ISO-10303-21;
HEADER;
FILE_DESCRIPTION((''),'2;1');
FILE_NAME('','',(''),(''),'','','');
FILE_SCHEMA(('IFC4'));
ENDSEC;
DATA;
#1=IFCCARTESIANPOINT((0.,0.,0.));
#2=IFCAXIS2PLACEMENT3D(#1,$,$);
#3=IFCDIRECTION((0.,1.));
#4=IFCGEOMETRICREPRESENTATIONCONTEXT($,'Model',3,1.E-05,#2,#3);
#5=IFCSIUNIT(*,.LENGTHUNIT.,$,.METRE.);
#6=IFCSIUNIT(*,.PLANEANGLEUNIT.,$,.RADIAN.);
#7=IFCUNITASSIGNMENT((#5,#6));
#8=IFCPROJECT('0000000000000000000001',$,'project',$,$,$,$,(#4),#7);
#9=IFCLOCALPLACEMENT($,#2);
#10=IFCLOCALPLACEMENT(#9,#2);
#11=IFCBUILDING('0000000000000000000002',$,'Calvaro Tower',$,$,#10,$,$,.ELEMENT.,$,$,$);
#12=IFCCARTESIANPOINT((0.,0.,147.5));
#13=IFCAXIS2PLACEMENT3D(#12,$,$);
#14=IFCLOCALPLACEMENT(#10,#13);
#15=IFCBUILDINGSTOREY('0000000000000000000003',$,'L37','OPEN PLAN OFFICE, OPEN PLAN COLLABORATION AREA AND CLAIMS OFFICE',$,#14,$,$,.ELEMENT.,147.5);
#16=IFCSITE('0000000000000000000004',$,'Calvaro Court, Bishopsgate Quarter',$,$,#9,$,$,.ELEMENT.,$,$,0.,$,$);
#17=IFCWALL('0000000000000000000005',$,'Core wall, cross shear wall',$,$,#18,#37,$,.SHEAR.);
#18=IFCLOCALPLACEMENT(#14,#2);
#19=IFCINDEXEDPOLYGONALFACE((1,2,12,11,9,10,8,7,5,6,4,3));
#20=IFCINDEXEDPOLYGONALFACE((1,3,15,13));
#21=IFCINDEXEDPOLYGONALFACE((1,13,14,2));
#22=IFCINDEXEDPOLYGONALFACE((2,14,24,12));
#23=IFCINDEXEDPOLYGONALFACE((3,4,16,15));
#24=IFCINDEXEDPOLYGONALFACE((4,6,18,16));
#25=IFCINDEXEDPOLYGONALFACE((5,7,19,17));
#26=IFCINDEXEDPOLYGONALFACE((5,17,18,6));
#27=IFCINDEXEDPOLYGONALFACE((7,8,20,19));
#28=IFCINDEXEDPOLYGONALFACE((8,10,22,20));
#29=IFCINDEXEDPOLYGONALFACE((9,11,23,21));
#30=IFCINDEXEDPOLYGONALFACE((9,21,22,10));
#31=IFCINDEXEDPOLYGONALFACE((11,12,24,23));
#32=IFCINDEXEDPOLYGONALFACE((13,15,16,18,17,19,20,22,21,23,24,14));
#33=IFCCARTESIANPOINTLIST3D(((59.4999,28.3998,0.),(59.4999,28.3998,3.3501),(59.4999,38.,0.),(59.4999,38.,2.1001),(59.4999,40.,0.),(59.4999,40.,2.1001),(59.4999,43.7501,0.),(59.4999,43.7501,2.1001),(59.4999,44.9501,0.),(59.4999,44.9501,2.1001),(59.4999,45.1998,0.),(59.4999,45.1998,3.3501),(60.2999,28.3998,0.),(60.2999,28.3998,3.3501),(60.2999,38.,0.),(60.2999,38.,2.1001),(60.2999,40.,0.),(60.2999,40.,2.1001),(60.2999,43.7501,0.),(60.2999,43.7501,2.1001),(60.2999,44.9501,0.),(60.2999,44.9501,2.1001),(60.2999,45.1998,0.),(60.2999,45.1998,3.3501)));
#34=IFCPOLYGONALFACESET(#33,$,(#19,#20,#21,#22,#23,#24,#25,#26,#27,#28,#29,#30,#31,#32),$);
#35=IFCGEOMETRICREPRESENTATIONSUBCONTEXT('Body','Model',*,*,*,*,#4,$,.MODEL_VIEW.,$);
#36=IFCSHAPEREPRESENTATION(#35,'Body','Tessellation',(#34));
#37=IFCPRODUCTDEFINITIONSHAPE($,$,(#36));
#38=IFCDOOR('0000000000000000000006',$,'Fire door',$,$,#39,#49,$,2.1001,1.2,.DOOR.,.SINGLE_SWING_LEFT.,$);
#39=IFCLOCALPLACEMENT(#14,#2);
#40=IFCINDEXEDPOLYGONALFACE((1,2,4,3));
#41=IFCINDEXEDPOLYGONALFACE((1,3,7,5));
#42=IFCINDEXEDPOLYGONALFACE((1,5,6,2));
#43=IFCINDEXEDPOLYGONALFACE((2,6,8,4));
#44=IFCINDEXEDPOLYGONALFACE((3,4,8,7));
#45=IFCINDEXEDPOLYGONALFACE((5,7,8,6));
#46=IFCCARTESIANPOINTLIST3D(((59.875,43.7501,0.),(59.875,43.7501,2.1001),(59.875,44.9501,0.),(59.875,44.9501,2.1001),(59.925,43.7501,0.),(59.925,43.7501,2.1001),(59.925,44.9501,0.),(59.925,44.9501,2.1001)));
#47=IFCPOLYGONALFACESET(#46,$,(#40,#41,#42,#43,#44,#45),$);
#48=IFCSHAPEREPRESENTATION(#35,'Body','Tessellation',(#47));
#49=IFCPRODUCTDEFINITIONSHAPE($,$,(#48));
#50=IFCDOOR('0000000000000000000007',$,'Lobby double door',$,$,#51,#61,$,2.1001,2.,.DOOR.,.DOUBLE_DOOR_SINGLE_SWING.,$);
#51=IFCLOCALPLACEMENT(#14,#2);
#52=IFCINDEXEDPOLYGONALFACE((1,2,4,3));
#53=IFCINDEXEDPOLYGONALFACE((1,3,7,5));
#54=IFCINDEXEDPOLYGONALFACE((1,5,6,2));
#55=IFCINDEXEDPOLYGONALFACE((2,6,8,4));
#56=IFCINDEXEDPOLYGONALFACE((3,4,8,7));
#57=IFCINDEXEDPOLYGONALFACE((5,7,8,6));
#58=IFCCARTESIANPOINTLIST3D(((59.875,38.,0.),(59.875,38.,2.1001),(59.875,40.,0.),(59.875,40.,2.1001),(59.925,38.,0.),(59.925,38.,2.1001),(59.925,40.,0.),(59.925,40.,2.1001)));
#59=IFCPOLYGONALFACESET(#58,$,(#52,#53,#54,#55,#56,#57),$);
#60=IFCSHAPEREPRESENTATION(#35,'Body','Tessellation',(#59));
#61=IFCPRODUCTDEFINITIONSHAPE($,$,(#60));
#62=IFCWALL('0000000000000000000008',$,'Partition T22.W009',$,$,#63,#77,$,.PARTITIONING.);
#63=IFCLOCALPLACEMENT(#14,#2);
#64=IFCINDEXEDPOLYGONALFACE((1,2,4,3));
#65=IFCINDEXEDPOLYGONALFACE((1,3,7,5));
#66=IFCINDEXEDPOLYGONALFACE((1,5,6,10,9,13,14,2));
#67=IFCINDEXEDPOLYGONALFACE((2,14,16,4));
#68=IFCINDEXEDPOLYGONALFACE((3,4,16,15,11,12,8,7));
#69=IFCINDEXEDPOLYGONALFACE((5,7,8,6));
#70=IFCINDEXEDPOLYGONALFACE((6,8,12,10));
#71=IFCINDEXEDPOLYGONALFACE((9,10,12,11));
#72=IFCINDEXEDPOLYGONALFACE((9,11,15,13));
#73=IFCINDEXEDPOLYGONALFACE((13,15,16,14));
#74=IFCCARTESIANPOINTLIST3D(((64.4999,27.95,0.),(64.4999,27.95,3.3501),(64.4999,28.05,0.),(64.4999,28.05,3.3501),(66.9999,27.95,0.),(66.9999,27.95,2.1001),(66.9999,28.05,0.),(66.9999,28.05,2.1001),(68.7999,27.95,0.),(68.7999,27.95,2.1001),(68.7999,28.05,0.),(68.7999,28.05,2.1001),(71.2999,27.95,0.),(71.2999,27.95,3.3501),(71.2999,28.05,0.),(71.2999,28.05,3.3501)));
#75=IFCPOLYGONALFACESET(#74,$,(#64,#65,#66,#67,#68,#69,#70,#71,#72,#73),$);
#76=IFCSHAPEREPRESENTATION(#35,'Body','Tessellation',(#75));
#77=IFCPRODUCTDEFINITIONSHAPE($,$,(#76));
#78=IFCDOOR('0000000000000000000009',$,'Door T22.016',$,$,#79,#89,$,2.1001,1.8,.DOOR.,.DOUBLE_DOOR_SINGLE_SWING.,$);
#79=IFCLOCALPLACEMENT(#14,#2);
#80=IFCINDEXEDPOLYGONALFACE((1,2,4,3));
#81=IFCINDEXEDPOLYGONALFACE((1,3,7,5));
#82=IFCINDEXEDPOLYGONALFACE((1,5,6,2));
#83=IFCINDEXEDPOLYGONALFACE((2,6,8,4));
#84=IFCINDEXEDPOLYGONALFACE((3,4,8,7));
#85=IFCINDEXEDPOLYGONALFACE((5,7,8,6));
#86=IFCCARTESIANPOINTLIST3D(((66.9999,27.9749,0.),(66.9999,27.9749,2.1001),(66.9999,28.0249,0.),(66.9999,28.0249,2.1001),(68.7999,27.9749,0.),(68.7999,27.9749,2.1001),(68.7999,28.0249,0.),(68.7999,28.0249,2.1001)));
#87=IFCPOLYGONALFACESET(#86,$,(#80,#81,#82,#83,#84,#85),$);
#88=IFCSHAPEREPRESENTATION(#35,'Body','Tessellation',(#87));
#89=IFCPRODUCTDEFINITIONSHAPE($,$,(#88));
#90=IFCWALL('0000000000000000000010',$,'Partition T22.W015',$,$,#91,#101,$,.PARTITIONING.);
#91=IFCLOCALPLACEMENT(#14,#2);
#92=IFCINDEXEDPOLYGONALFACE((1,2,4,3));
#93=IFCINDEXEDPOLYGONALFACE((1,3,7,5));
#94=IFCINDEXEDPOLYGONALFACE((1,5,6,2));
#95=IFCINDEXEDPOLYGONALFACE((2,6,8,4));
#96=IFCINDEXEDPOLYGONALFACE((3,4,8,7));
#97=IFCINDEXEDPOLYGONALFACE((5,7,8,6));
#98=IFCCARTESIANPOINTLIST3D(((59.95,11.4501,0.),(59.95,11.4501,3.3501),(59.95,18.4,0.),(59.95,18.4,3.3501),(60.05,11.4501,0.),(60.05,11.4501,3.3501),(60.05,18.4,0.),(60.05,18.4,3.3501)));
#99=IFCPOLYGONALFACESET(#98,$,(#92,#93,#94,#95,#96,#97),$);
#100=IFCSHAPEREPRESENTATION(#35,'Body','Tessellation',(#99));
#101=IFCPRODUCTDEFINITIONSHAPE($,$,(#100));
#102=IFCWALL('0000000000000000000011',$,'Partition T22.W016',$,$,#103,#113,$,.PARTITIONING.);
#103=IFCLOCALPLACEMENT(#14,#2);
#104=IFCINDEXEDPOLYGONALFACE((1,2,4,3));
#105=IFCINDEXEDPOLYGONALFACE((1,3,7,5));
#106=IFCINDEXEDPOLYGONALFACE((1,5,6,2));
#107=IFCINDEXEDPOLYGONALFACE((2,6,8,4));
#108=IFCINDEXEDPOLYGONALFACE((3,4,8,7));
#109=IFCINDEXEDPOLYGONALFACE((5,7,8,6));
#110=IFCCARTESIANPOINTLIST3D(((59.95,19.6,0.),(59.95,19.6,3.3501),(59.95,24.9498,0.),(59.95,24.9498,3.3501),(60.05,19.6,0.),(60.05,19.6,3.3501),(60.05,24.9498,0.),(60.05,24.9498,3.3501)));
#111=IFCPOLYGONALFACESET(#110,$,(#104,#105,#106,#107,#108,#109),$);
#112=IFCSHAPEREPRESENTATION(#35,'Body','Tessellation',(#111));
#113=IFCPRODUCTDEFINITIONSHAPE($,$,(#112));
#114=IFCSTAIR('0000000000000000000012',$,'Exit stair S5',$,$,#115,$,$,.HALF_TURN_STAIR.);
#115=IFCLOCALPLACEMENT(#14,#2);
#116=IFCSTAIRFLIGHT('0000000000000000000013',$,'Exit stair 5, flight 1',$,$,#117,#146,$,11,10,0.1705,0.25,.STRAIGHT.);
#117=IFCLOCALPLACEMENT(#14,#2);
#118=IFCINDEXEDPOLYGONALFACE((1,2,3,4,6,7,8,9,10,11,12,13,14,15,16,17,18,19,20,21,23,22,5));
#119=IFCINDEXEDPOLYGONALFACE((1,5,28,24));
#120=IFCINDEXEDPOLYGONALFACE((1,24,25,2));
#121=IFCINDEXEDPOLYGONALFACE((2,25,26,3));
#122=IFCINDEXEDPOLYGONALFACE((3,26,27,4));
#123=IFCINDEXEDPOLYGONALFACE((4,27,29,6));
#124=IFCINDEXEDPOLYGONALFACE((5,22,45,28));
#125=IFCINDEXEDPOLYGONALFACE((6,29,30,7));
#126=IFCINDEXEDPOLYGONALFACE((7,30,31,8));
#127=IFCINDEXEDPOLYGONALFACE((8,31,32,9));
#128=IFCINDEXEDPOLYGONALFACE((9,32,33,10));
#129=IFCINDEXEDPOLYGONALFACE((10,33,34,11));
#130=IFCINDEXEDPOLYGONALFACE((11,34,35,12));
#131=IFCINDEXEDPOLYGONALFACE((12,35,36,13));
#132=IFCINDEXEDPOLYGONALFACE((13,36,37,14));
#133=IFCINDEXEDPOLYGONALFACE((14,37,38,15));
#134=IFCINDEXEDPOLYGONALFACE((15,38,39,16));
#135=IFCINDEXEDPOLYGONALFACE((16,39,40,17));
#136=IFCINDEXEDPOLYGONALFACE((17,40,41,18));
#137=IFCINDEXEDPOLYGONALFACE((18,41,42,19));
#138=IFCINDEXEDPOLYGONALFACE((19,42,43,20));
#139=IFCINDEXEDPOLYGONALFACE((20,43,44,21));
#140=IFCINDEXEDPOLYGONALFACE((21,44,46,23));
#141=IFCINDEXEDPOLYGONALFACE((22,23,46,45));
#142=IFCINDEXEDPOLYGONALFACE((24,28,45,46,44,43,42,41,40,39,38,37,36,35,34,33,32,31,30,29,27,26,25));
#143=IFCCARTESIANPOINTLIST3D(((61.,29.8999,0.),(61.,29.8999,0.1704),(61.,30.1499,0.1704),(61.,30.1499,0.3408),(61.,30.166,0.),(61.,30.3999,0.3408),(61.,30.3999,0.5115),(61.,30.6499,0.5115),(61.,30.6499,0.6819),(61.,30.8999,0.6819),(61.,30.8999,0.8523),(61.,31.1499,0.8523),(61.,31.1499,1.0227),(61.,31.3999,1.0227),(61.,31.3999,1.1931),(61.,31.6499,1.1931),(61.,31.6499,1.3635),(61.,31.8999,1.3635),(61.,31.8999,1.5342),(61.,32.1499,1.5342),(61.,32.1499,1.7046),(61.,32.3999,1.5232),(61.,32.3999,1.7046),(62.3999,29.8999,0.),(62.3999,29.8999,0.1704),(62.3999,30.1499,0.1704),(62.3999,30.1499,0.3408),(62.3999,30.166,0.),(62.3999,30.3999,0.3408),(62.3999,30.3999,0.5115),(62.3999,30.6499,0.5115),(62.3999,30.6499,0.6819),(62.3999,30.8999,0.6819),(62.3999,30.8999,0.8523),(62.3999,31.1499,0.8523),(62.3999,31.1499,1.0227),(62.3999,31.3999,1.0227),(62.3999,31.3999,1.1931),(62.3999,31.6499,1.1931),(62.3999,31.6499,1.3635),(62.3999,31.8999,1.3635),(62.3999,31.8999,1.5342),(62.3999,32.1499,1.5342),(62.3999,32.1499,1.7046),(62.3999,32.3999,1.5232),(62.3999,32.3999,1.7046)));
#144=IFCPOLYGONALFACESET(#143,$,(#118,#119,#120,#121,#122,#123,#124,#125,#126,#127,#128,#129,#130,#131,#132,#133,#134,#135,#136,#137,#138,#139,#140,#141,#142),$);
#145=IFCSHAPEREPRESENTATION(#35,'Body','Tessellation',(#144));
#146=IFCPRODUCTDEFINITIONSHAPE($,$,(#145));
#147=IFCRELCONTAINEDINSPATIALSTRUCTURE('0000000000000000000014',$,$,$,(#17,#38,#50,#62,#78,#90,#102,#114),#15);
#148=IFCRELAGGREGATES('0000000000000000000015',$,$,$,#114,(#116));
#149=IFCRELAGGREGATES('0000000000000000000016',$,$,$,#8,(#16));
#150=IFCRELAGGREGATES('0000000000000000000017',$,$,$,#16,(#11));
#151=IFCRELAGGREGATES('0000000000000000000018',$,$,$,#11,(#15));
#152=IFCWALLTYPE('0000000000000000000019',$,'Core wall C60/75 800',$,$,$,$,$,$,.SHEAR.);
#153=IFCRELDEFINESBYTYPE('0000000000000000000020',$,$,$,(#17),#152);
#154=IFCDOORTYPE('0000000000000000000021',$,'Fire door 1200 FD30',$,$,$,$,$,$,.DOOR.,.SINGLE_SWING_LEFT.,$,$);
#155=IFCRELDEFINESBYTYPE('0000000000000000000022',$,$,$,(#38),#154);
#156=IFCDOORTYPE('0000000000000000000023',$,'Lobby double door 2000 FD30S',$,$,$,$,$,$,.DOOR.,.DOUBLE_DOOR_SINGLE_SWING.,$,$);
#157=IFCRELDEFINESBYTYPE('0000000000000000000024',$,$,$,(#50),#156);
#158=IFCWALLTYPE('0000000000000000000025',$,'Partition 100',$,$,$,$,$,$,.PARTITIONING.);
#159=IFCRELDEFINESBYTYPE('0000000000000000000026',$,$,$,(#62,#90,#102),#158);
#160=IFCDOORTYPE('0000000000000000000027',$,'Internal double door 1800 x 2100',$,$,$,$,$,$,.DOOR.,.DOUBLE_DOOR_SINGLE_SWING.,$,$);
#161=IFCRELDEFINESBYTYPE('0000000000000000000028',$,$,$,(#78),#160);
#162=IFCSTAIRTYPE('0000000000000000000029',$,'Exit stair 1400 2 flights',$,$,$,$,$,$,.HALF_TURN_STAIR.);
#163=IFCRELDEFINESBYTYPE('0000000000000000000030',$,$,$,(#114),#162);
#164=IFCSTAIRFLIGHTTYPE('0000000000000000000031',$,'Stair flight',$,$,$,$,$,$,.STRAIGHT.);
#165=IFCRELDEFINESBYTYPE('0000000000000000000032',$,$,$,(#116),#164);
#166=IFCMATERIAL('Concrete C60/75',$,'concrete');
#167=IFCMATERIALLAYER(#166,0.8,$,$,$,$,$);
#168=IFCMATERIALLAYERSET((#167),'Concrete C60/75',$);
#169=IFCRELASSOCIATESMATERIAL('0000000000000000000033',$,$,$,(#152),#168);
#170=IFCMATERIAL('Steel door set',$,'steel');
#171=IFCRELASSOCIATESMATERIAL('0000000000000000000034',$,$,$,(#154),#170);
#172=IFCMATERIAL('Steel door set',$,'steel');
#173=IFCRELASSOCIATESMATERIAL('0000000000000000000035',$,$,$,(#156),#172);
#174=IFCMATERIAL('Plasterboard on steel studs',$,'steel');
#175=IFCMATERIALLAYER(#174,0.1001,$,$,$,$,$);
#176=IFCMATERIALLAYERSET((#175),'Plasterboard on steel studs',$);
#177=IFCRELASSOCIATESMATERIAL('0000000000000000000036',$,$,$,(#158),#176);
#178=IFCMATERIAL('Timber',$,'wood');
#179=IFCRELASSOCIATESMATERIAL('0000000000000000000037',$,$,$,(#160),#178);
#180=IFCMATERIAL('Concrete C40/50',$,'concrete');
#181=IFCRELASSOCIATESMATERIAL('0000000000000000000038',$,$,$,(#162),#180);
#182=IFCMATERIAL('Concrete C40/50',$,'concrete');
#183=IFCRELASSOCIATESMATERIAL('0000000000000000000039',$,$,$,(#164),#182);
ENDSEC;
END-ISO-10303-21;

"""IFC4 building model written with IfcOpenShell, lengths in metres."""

from ifc_helpers import new_model, si_unit, direction, frame, frame_2d, origin, place, context, subcontext, project, spatial, polyline, rectangle, outline, extrude, material, layer, layer_set, type_object, element, fill, aggregate, save


model = new_model("IFC4")

# Units and contexts
model_context = context("Model", 3, precision=1e-05, world=origin(), true_north=direction((0.0, 1.0)))
body_context = subcontext(model_context, "Body", "Model", "MODEL_VIEW")
ifc_project = project(units=[si_unit("LENGTHUNIT", "METRE"), si_unit("PLANEANGLEUNIT", "RADIAN")], contexts=[model_context])

# Site, building, storey
site_placement = place(None, origin())
site = spatial("IfcSite", under=ifc_project, at=site_placement, Name="Calvaro Court, Bishopsgate Quarter", CompositionType="ELEMENT", RefElevation=0.0)
building_placement = place(site_placement, origin())
building = spatial("IfcBuilding", under=site, at=building_placement, Name="Calvaro Tower", CompositionType="ELEMENT")
storey_placement = place(building_placement, frame((0.0, 0.0, 147.5)))
storey = spatial("IfcBuildingStorey", under=building, at=storey_placement, Name="L37", Description="OPEN PLAN OFFICE, OPEN PLAN COLLABORATION AREA AND CLAIMS OFFICE", CompositionType="ELEMENT", Elevation=147.5)

# Wall, openings, doors
ifc_material_1 = material(Name="Concrete C60/75", Category="concrete")
ifc_layer_1 = layer(ifc_material_1, 0.8)
ifc_layer_set_1 = layer_set([ifc_layer_1], Name="Concrete C60/75")
wall_type_1 = type_object("IfcWallType", Name="Core wall C60/75 800", PredefinedType="SHEAR", material=ifc_layer_set_1)
wall_1_placement = place(storey_placement, frame((59.8999, 28.3999, 0.0), z_axis=(0.0, 0.0, 1.0), x_axis=(0.0, 1.0, 0.0)))
wall_1 = element("IfcWall", 1, at=wall_1_placement, inside=storey, type_object=wall_type_1, Name="Core wall, cross shear wall", PredefinedType="SHEAR", context=body_context, shape_type="SweptSolid", body=[
    extrude(rectangle(XDim=16.8, YDim=0.8, at=frame_2d((8.3999, 0.0))), origin(), (0.0, 0.0, 1.0), 3.3501),
])
opening_1_placement = place(wall_1_placement, frame((9.6001, 0.0, 0.0)))
opening_1 = element("IfcOpeningElement", 2, at=opening_1_placement, cuts=wall_1, PredefinedType="OPENING", context=body_context, shape_type="SweptSolid", body=[
    extrude(rectangle(XDim=2.0, YDim=2.1001, at=frame_2d((1.0, 1.05))), frame((0.0, 0.4099, 0.0), z_axis=(0.0, -1.0, 0.0), x_axis=(1.0, 0.0, 0.0)), (0.0, 0.0, 1.0), 0.8201),
])
opening_2_placement = place(wall_1_placement, frame((15.3501, 0.0, 0.0)))
opening_2 = element("IfcOpeningElement", 3, at=opening_2_placement, cuts=wall_1, PredefinedType="OPENING", context=body_context, shape_type="SweptSolid", body=[
    extrude(rectangle(XDim=1.2, YDim=2.1001, at=frame_2d((0.6001, 1.05))), frame((0.0, 0.4099, 0.0), z_axis=(0.0, -1.0, 0.0), x_axis=(1.0, 0.0, 0.0)), (0.0, 0.0, 1.0), 0.8201),
])
ifc_material_2 = material(Name="Steel door set", Category="steel")
door_type_1 = type_object("IfcDoorType", Name="Fire door 1200 FD30", OperationType="SINGLE_SWING_LEFT", PredefinedType="DOOR", material=ifc_material_2)
door_1_placement = place(opening_2_placement, origin())
door_1 = element("IfcDoor", 4, at=door_1_placement, inside=storey, type_object=door_type_1, Name="Fire door", OperationType="SINGLE_SWING_LEFT", OverallHeight=2.1001, OverallWidth=1.2, PredefinedType="DOOR", context=body_context, shape_type="SweptSolid", body=[
    extrude(rectangle(XDim=1.2, YDim=2.1001, at=frame_2d((0.6001, 1.05))), frame((0.0, 0.0249, 0.0), z_axis=(0.0, -1.0, 0.0), x_axis=(1.0, 0.0, 0.0)), (0.0, 0.0, 1.0), 0.05),
])
fill(opening_2, door_1)
ifc_material_3 = material(Name="Steel door set", Category="steel")
door_type_2 = type_object("IfcDoorType", Name="Lobby double door 2000 FD30S", OperationType="DOUBLE_DOOR_SINGLE_SWING", PredefinedType="DOOR", material=ifc_material_3)
door_2_placement = place(opening_1_placement, origin())
door_2 = element("IfcDoor", 5, at=door_2_placement, inside=storey, type_object=door_type_2, Name="Lobby double door", OperationType="DOUBLE_DOOR_SINGLE_SWING", OverallHeight=2.1001, OverallWidth=2.0, PredefinedType="DOOR", context=body_context, shape_type="SweptSolid", body=[
    extrude(rectangle(XDim=2.0, YDim=2.1001, at=frame_2d((1.0, 1.05))), frame((0.0, 0.0249, 0.0), z_axis=(0.0, -1.0, 0.0), x_axis=(1.0, 0.0, 0.0)), (0.0, 0.0, 1.0), 0.05),
])
fill(opening_1, door_2)

# Wall, opening, door
ifc_material_4 = material(Name="Plasterboard on steel studs", Category="steel")
ifc_layer_2 = layer(ifc_material_4, 0.1001)
ifc_layer_set_2 = layer_set([ifc_layer_2], Name="Plasterboard on steel studs")
wall_type_2 = type_object("IfcWallType", Name="Partition 100", PredefinedType="PARTITIONING", material=ifc_layer_set_2)
wall_2_placement = place(storey_placement, frame((64.5, 28.0, 0.0), z_axis=(0.0, 0.0, 1.0), x_axis=(1.0, 0.0, 0.0)))
wall_2 = element("IfcWall", 6, at=wall_2_placement, inside=storey, type_object=wall_type_2, Name="Partition T22.W009", PredefinedType="PARTITIONING", context=body_context, shape_type="SweptSolid", body=[
    extrude(rectangle(XDim=6.8, YDim=0.1001, at=frame_2d((3.3999, 0.0))), origin(), (0.0, 0.0, 1.0), 3.3501),
])
opening_3_placement = place(wall_2_placement, frame((2.5, 0.0, 0.0)))
opening_3 = element("IfcOpeningElement", 7, at=opening_3_placement, cuts=wall_2, PredefinedType="OPENING", context=body_context, shape_type="SweptSolid", body=[
    extrude(rectangle(XDim=1.8, YDim=2.1001, at=frame_2d((0.8999, 1.05))), frame((0.0, 0.0601, 0.0), z_axis=(0.0, -1.0, 0.0), x_axis=(1.0, 0.0, 0.0)), (0.0, 0.0, 1.0), 0.1201),
])
ifc_material_5 = material(Name="Timber", Category="wood")
door_type_3 = type_object("IfcDoorType", Name="Internal double door 1800 x 2100", OperationType="DOUBLE_DOOR_SINGLE_SWING", PredefinedType="DOOR", material=ifc_material_5)
door_3_placement = place(opening_3_placement, origin())
door_3 = element("IfcDoor", 8, at=door_3_placement, inside=storey, type_object=door_type_3, Name="Door T22.016", OperationType="DOUBLE_DOOR_SINGLE_SWING", OverallHeight=2.1001, OverallWidth=1.8, PredefinedType="DOOR", context=body_context, shape_type="SweptSolid", body=[
    extrude(rectangle(XDim=1.8, YDim=2.1001, at=frame_2d((0.8999, 1.05))), frame((0.0, 0.0249, 0.0), z_axis=(0.0, -1.0, 0.0), x_axis=(1.0, 0.0, 0.0)), (0.0, 0.0, 1.0), 0.05),
])
fill(opening_3, door_3)

# Walls
wall_3_placement = place(storey_placement, frame((60.0, 11.45, 0.0), z_axis=(0.0, 0.0, 1.0), x_axis=(0.0, 1.0, 0.0)))
element("IfcWall", 9, at=wall_3_placement, inside=storey, type_object=wall_type_2, Name="Partition T22.W015", PredefinedType="PARTITIONING", context=body_context, shape_type="SweptSolid", body=[
    extrude(rectangle(XDim=6.95, YDim=0.1001, at=frame_2d((3.4751, 0.0))), origin(), (0.0, 0.0, 1.0), 3.3501),
])
wall_4_placement = place(storey_placement, frame((60.0, 19.6001, 0.0), z_axis=(0.0, 0.0, 1.0), x_axis=(0.0, 1.0, 0.0)))
element("IfcWall", 10, at=wall_4_placement, inside=storey, type_object=wall_type_2, Name="Partition T22.W016", PredefinedType="PARTITIONING", context=body_context, shape_type="SweptSolid", body=[
    extrude(rectangle(XDim=5.3499, YDim=0.1001, at=frame_2d((2.6748, 0.0))), origin(), (0.0, 0.0, 1.0), 3.3501),
])

# Stair, stair flight
ifc_material_6 = material(Name="Concrete C40/50", Category="concrete")
stair_type = type_object("IfcStairType", Name="Exit stair 1400 2 flights", PredefinedType="HALF_TURN_STAIR", material=ifc_material_6)
stair_placement = place(storey_placement, origin())
stair = element("IfcStair", 11, at=stair_placement, inside=storey, type_object=stair_type, Name="Exit stair S5", PredefinedType="HALF_TURN_STAIR")
ifc_material_7 = material(Name="Concrete C40/50", Category="concrete")
stair_flight_type = type_object("IfcStairFlightType", Name="Stair flight", PredefinedType="STRAIGHT", material=ifc_material_7)
stair_flight_placement = place(storey_placement, frame((61.7, 29.8999, 0.0), z_axis=(0.0, 0.0, 1.0), x_axis=(0.0, 1.0, 0.0)))
stair_flight = element("IfcStairFlight", 12, at=stair_flight_placement, type_object=stair_flight_type, Name="Exit stair 5, flight 1", NumberOfRisers=11, NumberOfTreads=10, PredefinedType="STRAIGHT", RiserHeight=0.1705, TreadLength=0.25, context=body_context, shape_type="SweptSolid", body=[
    extrude(outline(polyline([(0.0, 0.0), (0.0, 0.1704), (0.25, 0.1704), (0.25, 0.3408), (0.5, 0.3408), (0.5, 0.5115), (0.75, 0.5115), (0.75, 0.6819), (1.0, 0.6819), (1.0, 0.8523), (1.25, 0.8523), (1.25, 1.0227), (1.5, 1.0227), (1.5, 1.1931), (1.75, 1.1931), (1.75, 1.3635), (2.0, 1.3635), (2.0, 1.5342), (2.25, 1.5342), (2.25, 1.7046), (2.5, 1.7046), (2.5, 1.875), (2.5, 1.5232), (0.2661, 0.0), (0.0, 0.0)])), frame((0.0, 0.7, 0.0), z_axis=(0.0, -1.0, 0.0), x_axis=(1.0, 0.0, 0.0)), (0.0, 0.0, 1.0), 1.3999),
])
aggregate(stair, [stair_flight])

save(model, "model.ifc")
